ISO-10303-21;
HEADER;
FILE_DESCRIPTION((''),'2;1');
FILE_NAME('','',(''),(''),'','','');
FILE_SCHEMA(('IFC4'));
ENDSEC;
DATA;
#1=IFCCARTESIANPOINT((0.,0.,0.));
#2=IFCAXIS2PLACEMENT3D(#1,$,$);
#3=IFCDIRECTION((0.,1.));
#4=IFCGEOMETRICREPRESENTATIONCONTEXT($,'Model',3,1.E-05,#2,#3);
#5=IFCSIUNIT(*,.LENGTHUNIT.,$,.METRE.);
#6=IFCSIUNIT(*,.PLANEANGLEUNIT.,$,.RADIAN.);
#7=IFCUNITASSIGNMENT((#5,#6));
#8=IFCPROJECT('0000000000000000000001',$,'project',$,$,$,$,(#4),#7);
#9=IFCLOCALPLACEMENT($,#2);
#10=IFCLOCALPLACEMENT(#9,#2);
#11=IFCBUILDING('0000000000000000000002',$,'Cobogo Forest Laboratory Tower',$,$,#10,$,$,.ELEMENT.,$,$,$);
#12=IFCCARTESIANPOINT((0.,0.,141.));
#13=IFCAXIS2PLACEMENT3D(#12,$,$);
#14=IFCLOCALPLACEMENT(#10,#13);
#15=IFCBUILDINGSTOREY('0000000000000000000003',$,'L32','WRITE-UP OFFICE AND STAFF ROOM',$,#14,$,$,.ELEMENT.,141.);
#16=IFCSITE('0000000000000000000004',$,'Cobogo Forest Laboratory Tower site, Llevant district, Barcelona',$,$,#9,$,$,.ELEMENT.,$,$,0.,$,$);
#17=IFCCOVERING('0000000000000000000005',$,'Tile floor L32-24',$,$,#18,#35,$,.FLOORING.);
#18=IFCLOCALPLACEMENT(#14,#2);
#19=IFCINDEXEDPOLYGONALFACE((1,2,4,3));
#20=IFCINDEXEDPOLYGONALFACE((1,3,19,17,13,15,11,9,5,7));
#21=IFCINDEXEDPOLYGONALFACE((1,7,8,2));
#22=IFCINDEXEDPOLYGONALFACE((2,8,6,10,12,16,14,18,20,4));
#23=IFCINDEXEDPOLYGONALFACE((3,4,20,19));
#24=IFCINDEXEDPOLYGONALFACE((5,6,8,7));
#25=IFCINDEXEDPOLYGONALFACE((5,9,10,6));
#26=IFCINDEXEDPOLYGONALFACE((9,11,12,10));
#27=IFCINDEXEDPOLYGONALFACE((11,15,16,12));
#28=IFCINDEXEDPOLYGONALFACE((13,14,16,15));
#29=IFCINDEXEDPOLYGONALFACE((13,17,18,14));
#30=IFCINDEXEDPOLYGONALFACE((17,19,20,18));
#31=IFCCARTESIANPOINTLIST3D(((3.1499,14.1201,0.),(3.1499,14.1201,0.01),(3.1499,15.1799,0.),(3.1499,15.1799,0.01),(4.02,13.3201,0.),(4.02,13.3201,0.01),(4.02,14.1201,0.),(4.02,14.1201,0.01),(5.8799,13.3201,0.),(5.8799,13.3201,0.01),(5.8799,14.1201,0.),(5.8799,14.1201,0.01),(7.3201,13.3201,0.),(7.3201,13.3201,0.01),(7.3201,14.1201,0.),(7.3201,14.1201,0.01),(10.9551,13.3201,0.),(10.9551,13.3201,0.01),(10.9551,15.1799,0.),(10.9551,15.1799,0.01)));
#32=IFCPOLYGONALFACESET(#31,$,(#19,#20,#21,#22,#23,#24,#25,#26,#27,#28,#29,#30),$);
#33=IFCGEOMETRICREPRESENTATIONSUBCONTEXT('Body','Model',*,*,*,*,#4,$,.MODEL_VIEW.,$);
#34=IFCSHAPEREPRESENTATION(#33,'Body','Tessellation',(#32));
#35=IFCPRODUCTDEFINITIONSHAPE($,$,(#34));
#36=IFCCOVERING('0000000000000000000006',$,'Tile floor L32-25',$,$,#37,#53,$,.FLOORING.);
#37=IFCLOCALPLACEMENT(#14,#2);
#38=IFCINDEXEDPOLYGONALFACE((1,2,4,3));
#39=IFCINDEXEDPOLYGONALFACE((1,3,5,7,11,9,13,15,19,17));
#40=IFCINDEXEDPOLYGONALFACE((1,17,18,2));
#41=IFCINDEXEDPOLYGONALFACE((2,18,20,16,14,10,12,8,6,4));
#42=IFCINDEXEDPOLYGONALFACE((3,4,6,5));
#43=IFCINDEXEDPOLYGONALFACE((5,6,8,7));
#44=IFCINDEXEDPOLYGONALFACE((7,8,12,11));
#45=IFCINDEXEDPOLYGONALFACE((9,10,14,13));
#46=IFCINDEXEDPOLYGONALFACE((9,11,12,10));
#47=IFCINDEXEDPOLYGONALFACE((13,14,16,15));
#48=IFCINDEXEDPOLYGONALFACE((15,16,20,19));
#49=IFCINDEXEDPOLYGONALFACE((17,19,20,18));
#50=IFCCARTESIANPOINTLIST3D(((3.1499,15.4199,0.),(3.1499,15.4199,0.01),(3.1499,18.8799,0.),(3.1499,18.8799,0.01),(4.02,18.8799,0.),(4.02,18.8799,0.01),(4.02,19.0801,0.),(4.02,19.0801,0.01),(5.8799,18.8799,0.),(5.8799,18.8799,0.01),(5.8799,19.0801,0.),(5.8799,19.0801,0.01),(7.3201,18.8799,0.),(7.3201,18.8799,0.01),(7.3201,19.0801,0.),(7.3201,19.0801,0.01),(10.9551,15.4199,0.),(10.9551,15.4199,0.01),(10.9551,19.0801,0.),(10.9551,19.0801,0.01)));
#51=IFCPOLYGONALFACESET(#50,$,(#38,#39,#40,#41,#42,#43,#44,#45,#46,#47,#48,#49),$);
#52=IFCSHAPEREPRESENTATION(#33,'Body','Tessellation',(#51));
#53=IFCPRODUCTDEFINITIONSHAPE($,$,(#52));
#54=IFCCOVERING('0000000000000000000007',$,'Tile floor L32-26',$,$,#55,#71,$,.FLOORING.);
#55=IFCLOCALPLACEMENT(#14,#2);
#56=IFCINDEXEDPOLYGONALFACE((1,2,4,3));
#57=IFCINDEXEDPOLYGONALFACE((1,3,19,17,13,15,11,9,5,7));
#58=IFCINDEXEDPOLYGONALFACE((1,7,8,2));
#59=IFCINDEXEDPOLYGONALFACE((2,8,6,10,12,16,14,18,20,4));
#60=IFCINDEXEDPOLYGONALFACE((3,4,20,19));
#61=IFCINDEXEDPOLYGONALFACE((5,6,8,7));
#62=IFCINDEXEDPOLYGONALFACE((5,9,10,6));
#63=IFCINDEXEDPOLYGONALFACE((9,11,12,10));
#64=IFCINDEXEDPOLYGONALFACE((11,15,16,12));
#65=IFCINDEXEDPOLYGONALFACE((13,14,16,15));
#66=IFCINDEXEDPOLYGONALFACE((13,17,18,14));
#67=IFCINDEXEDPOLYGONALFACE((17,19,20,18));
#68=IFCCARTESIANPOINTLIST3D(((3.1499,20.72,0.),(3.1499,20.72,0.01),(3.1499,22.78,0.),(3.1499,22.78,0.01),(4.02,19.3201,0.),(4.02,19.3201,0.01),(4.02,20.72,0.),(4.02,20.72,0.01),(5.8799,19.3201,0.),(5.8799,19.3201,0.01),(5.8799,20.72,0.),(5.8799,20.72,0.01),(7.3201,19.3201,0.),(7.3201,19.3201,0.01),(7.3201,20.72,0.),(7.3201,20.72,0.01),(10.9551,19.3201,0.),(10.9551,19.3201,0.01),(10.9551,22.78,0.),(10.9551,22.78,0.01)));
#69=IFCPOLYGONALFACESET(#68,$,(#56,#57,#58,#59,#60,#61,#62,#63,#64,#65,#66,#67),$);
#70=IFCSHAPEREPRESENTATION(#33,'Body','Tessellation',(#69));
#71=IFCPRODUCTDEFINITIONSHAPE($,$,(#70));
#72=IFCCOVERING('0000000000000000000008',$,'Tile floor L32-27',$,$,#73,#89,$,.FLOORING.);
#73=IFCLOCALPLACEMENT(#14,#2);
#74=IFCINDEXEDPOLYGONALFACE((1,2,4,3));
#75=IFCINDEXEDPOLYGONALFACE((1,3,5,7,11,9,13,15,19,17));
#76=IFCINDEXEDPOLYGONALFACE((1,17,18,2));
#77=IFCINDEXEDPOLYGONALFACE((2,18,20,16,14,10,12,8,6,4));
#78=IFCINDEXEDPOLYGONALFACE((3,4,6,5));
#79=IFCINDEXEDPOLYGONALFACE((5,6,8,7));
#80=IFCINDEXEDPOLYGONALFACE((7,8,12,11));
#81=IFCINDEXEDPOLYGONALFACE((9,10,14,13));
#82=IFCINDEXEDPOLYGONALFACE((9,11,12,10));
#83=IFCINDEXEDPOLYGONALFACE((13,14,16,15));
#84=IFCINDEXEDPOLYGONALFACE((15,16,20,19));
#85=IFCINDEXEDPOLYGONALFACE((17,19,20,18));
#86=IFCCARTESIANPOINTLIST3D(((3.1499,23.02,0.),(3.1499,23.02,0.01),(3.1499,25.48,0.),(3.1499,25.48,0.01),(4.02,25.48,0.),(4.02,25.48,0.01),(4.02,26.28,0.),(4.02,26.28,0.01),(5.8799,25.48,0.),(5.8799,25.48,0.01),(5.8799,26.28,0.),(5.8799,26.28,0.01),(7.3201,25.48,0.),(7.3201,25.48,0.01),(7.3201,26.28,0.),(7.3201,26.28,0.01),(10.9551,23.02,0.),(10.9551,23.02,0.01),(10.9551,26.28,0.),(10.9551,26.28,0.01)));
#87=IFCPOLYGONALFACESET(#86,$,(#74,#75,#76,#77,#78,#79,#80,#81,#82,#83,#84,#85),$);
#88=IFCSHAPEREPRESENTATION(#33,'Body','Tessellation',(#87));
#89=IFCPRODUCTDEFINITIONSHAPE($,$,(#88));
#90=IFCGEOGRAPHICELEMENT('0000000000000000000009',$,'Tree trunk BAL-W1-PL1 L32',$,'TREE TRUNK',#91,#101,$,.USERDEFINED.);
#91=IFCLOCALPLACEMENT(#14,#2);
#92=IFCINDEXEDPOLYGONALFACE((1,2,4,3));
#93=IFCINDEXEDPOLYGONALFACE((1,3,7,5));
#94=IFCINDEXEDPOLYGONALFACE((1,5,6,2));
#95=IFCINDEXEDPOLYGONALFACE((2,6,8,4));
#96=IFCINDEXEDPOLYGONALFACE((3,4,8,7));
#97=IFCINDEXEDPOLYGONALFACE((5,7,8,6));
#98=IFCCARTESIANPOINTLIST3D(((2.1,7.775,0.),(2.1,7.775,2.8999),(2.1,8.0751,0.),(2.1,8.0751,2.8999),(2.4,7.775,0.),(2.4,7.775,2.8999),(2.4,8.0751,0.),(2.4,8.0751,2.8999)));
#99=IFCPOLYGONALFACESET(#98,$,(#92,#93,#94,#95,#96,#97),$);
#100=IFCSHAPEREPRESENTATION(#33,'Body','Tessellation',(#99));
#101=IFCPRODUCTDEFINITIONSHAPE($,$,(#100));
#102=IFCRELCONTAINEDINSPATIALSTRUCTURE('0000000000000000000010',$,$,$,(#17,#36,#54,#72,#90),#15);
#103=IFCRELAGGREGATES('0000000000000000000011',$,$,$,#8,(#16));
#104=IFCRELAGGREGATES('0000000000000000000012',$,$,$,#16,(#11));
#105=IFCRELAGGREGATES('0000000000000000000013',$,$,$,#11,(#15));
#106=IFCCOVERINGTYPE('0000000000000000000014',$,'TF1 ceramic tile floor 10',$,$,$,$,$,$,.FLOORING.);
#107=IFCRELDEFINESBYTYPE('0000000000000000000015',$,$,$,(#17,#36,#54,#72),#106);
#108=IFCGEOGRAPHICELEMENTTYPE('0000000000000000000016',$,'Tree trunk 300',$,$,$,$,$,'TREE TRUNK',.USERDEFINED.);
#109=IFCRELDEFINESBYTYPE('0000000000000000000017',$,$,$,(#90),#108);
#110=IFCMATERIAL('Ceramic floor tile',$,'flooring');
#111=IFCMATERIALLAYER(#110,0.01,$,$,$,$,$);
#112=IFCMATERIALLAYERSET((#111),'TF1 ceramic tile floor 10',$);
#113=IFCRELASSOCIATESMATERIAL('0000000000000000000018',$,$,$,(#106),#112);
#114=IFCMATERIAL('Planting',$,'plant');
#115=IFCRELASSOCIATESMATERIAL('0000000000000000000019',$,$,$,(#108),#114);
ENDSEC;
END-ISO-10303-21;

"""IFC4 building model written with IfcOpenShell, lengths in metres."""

from ifc_helpers import new_model, si_unit, direction, frame, origin, origin_2d, place, context, subcontext, project, spatial, polyline, rectangle, outline, extrude, material, layer, layer_set, type_object, element, save


model = new_model("IFC4")

# Units and contexts
model_context = context("Model", 3, precision=1e-05, world=origin(), true_north=direction((0.0, 1.0)))
body_context = subcontext(model_context, "Body", "Model", "MODEL_VIEW")
ifc_project = project(units=[si_unit("LENGTHUNIT", "METRE"), si_unit("PLANEANGLEUNIT", "RADIAN")], contexts=[model_context])

# Site, building, storey
site_placement = place(None, origin())
site = spatial("IfcSite", under=ifc_project, at=site_placement, Name="Cobogo Forest Laboratory Tower site, Llevant district, Barcelona", CompositionType="ELEMENT", RefElevation=0.0)
building_placement = place(site_placement, origin())
building = spatial("IfcBuilding", under=site, at=building_placement, Name="Cobogo Forest Laboratory Tower", CompositionType="ELEMENT")
storey_placement = place(building_placement, frame((0.0, 0.0, 141.0)))
storey = spatial("IfcBuildingStorey", under=building, at=storey_placement, Name="L32", Description="WRITE-UP OFFICE AND STAFF ROOM", CompositionType="ELEMENT", Elevation=141.0)

# Coverings
ifc_material_1 = material(Name="Ceramic floor tile", Category="flooring")
ifc_layer_1 = layer(ifc_material_1, 0.01)
ifc_layer_set_1 = layer_set([ifc_layer_1], Name="TF1 ceramic tile floor 10")
covering_type_1 = type_object("IfcCoveringType", Name="TF1 ceramic tile floor 10", PredefinedType="FLOORING", material=ifc_layer_set_1)
covering_1_placement = place(storey_placement, origin())
element("IfcCovering", 1, at=covering_1_placement, inside=storey, type_object=covering_type_1, Name="Tile floor L32-24", PredefinedType="FLOORING", context=body_context, shape_type="SweptSolid", body=[
    extrude(outline(polyline([(10.9551, 13.3201), (7.3201, 13.3201), (7.3201, 14.1201), (5.8799, 14.1201), (5.8799, 13.3201), (4.02, 13.3201), (4.02, 14.1201), (3.1499, 14.1201), (3.1499, 15.1799), (10.9551, 15.1799), (10.9551, 13.3201)])), origin(), (0.0, 0.0, 1.0), 0.01),
])
covering_2_placement = place(storey_placement, origin())
element("IfcCovering", 2, at=covering_2_placement, inside=storey, type_object=covering_type_1, Name="Tile floor L32-25", PredefinedType="FLOORING", context=body_context, shape_type="SweptSolid", body=[
    extrude(outline(polyline([(10.9551, 15.4199), (3.1499, 15.4199), (3.1499, 18.8799), (4.02, 18.8799), (4.02, 19.0801), (5.8799, 19.0801), (5.8799, 18.8799), (7.3201, 18.8799), (7.3201, 19.0801), (10.9551, 19.0801), (10.9551, 15.4199)])), origin(), (0.0, 0.0, 1.0), 0.01),
])
covering_3_placement = place(storey_placement, origin())
element("IfcCovering", 3, at=covering_3_placement, inside=storey, type_object=covering_type_1, Name="Tile floor L32-26", PredefinedType="FLOORING", context=body_context, shape_type="SweptSolid", body=[
    extrude(outline(polyline([(10.9551, 19.3201), (7.3201, 19.3201), (7.3201, 20.72), (5.8799, 20.72), (5.8799, 19.3201), (4.02, 19.3201), (4.02, 20.72), (3.1499, 20.72), (3.1499, 22.78), (10.9551, 22.78), (10.9551, 19.3201)])), origin(), (0.0, 0.0, 1.0), 0.01),
])
covering_4_placement = place(storey_placement, origin())
element("IfcCovering", 4, at=covering_4_placement, inside=storey, type_object=covering_type_1, Name="Tile floor L32-27", PredefinedType="FLOORING", context=body_context, shape_type="SweptSolid", body=[
    extrude(outline(polyline([(10.9551, 23.02), (3.1499, 23.02), (3.1499, 25.48), (4.02, 25.48), (4.02, 26.28), (5.8799, 26.28), (5.8799, 25.48), (7.3201, 25.48), (7.3201, 26.28), (10.9551, 26.28), (10.9551, 23.02)])), origin(), (0.0, 0.0, 1.0), 0.01),
])

# Geographic element
ifc_material_2 = material(Name="Planting", Category="plant")
geographic_element_type = type_object("IfcGeographicElementType", Name="Tree trunk 300", ElementType="TREE TRUNK", PredefinedType="USERDEFINED", material=ifc_material_2)
geographic_element_placement = place(storey_placement, frame((2.25, 7.925, 0.0), z_axis=(0.0, 0.0, 1.0), x_axis=(1.0, 0.0, 0.0)))
element("IfcGeographicElement", 5, at=geographic_element_placement, inside=storey, type_object=geographic_element_type, Name="Tree trunk BAL-W1-PL1 L32", ObjectType="TREE TRUNK", PredefinedType="USERDEFINED", context=body_context, shape_type="SweptSolid", body=[
    extrude(rectangle(XDim=0.3, YDim=0.3, at=origin_2d()), origin(), (0.0, 0.0, 1.0), 2.8999),
])

save(model, "model.ifc")
